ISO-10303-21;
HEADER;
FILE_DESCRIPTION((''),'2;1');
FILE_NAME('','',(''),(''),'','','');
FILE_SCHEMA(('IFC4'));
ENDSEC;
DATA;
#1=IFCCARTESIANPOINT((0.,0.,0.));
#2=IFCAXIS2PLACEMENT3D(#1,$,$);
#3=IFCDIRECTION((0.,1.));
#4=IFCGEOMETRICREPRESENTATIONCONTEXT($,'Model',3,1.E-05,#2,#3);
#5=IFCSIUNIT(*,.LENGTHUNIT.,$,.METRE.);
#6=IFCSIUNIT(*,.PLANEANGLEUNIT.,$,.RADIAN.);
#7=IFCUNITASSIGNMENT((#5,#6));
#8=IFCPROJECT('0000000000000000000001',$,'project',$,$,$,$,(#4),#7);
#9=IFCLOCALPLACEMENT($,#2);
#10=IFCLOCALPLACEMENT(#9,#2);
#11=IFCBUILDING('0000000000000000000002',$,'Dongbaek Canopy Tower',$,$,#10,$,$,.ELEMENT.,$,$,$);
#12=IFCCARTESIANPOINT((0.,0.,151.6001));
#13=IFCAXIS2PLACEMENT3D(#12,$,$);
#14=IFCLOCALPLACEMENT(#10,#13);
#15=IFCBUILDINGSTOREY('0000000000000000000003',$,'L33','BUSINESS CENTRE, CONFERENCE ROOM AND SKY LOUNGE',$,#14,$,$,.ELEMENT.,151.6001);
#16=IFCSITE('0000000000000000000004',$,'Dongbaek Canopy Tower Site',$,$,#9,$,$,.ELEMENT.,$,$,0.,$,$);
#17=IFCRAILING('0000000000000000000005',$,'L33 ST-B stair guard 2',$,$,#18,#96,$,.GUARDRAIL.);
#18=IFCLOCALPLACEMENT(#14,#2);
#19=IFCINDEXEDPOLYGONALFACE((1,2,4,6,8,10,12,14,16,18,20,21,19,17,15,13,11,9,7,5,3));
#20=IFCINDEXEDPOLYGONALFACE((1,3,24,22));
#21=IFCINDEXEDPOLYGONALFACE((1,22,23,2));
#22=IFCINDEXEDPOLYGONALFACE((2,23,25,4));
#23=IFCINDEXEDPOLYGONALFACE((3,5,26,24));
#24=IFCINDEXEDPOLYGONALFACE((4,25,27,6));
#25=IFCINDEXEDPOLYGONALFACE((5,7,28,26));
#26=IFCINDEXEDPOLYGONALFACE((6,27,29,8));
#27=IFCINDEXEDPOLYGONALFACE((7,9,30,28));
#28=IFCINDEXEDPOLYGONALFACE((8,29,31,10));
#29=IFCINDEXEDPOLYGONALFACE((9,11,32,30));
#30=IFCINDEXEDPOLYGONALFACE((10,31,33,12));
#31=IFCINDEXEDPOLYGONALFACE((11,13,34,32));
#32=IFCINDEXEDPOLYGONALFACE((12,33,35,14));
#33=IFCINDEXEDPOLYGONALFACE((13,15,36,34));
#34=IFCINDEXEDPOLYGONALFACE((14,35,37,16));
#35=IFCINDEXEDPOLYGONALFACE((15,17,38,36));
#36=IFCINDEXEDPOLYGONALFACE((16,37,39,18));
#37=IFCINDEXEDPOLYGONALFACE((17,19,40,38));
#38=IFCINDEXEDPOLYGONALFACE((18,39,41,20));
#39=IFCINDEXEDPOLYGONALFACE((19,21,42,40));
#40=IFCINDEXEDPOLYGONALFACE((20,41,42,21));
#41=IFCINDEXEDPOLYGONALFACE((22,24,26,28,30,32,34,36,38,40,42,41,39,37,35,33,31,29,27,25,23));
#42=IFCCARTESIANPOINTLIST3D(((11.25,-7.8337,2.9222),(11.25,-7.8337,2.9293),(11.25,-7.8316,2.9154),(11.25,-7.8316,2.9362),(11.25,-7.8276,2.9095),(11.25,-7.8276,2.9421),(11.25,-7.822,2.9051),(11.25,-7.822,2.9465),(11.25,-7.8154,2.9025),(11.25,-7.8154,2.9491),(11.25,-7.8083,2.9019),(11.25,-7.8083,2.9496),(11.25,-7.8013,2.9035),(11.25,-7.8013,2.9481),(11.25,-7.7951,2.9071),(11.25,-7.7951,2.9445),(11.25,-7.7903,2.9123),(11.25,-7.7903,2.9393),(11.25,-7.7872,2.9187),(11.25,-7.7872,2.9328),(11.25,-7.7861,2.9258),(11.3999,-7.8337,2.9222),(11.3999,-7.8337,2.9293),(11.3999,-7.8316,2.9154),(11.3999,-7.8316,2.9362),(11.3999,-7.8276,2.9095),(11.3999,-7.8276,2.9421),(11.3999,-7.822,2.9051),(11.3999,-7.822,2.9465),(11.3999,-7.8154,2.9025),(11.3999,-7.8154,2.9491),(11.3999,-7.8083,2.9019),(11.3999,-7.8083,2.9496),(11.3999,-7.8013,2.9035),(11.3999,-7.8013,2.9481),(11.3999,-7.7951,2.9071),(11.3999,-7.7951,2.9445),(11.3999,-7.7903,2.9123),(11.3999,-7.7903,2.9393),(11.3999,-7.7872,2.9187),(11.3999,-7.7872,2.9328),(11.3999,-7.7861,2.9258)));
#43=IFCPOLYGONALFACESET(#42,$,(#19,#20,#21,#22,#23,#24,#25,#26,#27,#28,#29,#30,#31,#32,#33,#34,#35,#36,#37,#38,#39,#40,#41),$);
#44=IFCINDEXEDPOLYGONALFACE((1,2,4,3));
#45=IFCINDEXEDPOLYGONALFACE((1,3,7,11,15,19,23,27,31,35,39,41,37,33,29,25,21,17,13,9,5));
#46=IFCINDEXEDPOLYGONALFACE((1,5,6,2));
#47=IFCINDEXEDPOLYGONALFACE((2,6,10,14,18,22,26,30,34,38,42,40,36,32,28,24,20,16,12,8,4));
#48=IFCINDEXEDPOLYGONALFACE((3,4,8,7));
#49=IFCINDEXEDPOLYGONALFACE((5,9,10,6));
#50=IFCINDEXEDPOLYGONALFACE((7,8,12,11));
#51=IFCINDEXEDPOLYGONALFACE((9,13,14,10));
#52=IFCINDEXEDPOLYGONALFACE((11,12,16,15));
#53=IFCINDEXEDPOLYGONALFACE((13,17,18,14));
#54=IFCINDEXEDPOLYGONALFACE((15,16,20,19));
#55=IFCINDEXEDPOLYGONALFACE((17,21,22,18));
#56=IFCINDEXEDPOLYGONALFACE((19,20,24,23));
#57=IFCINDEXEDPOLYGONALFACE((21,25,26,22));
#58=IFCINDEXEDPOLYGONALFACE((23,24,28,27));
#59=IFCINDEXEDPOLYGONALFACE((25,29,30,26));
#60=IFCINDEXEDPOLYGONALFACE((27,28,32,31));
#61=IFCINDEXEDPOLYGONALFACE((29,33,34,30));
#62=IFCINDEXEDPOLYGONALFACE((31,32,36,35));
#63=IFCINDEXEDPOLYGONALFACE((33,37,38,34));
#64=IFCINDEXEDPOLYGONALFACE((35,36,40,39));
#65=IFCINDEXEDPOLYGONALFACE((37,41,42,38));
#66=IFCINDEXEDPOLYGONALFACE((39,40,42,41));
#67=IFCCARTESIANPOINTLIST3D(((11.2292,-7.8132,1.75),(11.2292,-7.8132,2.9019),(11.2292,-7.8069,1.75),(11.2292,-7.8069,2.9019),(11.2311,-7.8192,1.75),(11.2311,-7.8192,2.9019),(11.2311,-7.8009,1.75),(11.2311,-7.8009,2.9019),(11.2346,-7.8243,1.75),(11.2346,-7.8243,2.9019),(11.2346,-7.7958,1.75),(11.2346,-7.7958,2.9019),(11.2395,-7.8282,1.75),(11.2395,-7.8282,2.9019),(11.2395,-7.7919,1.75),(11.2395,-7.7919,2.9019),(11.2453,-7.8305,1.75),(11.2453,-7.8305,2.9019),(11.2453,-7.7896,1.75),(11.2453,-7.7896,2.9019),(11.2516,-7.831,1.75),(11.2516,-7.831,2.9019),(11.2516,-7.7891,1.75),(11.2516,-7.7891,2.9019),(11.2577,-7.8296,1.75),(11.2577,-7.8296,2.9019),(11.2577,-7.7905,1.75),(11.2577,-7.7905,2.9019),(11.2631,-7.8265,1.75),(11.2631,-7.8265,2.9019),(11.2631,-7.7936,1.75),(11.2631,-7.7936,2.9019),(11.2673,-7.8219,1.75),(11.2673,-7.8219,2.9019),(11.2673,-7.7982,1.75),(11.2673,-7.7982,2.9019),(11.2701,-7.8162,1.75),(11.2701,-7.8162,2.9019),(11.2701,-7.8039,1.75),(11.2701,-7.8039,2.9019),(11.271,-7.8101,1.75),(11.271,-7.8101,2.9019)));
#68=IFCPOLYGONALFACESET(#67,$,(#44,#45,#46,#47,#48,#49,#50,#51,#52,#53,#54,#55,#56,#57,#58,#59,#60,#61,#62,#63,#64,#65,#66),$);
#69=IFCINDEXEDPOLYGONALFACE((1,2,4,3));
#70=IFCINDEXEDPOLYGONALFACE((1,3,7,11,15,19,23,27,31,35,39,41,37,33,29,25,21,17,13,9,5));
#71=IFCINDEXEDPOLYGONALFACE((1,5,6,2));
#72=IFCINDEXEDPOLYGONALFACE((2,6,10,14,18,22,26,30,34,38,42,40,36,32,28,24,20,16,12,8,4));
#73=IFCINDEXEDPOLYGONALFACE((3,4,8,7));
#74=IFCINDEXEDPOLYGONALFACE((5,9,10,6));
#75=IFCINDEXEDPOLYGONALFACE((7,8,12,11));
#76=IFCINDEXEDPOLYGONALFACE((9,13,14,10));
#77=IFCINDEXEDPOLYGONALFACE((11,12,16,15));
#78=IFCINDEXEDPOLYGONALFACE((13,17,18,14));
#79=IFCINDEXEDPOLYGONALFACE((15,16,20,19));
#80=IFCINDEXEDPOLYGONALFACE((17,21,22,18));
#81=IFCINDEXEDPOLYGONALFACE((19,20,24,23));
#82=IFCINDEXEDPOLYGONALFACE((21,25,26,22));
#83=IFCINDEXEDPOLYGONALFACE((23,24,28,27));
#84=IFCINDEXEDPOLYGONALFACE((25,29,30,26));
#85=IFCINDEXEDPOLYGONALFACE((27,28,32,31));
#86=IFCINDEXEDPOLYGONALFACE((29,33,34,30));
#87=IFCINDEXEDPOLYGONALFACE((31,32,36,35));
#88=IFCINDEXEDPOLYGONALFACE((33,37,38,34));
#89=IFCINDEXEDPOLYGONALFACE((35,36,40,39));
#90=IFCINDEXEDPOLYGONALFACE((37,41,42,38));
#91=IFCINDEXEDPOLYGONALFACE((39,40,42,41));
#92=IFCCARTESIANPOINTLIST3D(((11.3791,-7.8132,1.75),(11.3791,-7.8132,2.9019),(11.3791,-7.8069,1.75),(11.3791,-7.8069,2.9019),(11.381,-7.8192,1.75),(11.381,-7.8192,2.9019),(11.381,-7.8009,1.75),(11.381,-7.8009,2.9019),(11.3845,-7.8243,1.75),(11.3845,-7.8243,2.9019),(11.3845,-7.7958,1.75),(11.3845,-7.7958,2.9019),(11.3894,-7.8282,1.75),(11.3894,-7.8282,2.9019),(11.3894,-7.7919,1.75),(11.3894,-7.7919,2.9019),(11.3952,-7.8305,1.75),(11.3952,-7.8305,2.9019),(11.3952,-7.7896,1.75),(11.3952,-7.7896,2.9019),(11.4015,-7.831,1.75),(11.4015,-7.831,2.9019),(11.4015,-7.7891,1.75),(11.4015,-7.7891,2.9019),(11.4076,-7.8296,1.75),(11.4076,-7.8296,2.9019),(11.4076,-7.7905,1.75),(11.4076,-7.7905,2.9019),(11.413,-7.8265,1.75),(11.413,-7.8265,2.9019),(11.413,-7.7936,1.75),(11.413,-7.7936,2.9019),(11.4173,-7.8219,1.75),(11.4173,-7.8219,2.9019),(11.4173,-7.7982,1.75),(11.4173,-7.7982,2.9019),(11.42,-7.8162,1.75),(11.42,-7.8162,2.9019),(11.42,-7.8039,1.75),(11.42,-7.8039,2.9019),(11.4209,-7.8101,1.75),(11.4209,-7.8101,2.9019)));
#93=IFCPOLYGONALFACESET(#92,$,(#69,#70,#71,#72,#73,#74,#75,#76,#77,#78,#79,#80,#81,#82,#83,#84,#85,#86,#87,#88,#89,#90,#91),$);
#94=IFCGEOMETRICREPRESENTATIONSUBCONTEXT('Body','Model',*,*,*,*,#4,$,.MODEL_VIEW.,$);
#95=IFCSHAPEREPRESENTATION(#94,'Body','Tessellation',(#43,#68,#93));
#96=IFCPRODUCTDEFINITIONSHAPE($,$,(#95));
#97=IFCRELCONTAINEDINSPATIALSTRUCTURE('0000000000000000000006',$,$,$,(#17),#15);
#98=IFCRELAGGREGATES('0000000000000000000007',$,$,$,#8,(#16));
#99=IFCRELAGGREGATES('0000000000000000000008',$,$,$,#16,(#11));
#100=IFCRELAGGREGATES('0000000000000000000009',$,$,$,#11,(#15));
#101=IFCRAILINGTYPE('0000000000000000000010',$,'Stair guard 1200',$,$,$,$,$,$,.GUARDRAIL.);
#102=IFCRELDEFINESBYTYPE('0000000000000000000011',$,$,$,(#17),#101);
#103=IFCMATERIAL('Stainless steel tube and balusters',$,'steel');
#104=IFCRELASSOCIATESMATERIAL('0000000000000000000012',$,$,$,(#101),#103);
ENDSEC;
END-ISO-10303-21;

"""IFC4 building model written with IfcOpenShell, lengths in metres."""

from ifc_helpers import new_model, si_unit, direction, frame, origin, origin_2d, place, context, subcontext, project, spatial, circle, extrude, material, type_object, element, save


model = new_model("IFC4")

# Units and contexts
model_context = context("Model", 3, precision=1e-05, world=origin(), true_north=direction((0.0, 1.0)))
body_context = subcontext(model_context, "Body", "Model", "MODEL_VIEW")
ifc_project = project(units=[si_unit("LENGTHUNIT", "METRE"), si_unit("PLANEANGLEUNIT", "RADIAN")], contexts=[model_context])

# Site, building, storey
site_placement = place(None, origin())
site = spatial("IfcSite", under=ifc_project, at=site_placement, Name="Dongbaek Canopy Tower Site", CompositionType="ELEMENT", RefElevation=0.0)
building_placement = place(site_placement, origin())
building = spatial("IfcBuilding", under=site, at=building_placement, Name="Dongbaek Canopy Tower", CompositionType="ELEMENT")
storey_placement = place(building_placement, frame((0.0, 0.0, 151.6001)))
storey = spatial("IfcBuildingStorey", under=building, at=storey_placement, Name="L33", Description="BUSINESS CENTRE, CONFERENCE ROOM AND SKY LOUNGE", CompositionType="ELEMENT", Elevation=151.6001)

# Railing
ifc_material_1 = material(Name="Stainless steel tube and balusters", Category="steel")
railing_type_1 = type_object("IfcRailingType", Name="Stair guard 1200", PredefinedType="GUARDRAIL", material=ifc_material_1)
railing_1_placement = place(storey_placement, frame((11.25, -7.8101, 1.75)))
element("IfcRailing", 1, at=railing_1_placement, inside=storey, type_object=railing_type_1, Name="L33 ST-B stair guard 2", PredefinedType="GUARDRAIL", context=body_context, shape_type="SweptSolid", body=[
    extrude(circle(Radius=0.0239, at=origin_2d()), frame((0.0, 0.0, 1.1758), z_axis=(1.0, 0.0, 0.0), x_axis=(0.0, 1.0, 0.0)), (0.0, 0.0, 1.0), 0.1499),
    extrude(circle(Radius=0.021, at=origin_2d()), origin(), (0.0, 0.0, 1.0), 1.1519),
    extrude(circle(Radius=0.021, at=origin_2d()), frame((0.1499, 0.0, 0.0)), (0.0, 0.0, 1.0), 1.1519),
])

save(model, "model.ifc")
